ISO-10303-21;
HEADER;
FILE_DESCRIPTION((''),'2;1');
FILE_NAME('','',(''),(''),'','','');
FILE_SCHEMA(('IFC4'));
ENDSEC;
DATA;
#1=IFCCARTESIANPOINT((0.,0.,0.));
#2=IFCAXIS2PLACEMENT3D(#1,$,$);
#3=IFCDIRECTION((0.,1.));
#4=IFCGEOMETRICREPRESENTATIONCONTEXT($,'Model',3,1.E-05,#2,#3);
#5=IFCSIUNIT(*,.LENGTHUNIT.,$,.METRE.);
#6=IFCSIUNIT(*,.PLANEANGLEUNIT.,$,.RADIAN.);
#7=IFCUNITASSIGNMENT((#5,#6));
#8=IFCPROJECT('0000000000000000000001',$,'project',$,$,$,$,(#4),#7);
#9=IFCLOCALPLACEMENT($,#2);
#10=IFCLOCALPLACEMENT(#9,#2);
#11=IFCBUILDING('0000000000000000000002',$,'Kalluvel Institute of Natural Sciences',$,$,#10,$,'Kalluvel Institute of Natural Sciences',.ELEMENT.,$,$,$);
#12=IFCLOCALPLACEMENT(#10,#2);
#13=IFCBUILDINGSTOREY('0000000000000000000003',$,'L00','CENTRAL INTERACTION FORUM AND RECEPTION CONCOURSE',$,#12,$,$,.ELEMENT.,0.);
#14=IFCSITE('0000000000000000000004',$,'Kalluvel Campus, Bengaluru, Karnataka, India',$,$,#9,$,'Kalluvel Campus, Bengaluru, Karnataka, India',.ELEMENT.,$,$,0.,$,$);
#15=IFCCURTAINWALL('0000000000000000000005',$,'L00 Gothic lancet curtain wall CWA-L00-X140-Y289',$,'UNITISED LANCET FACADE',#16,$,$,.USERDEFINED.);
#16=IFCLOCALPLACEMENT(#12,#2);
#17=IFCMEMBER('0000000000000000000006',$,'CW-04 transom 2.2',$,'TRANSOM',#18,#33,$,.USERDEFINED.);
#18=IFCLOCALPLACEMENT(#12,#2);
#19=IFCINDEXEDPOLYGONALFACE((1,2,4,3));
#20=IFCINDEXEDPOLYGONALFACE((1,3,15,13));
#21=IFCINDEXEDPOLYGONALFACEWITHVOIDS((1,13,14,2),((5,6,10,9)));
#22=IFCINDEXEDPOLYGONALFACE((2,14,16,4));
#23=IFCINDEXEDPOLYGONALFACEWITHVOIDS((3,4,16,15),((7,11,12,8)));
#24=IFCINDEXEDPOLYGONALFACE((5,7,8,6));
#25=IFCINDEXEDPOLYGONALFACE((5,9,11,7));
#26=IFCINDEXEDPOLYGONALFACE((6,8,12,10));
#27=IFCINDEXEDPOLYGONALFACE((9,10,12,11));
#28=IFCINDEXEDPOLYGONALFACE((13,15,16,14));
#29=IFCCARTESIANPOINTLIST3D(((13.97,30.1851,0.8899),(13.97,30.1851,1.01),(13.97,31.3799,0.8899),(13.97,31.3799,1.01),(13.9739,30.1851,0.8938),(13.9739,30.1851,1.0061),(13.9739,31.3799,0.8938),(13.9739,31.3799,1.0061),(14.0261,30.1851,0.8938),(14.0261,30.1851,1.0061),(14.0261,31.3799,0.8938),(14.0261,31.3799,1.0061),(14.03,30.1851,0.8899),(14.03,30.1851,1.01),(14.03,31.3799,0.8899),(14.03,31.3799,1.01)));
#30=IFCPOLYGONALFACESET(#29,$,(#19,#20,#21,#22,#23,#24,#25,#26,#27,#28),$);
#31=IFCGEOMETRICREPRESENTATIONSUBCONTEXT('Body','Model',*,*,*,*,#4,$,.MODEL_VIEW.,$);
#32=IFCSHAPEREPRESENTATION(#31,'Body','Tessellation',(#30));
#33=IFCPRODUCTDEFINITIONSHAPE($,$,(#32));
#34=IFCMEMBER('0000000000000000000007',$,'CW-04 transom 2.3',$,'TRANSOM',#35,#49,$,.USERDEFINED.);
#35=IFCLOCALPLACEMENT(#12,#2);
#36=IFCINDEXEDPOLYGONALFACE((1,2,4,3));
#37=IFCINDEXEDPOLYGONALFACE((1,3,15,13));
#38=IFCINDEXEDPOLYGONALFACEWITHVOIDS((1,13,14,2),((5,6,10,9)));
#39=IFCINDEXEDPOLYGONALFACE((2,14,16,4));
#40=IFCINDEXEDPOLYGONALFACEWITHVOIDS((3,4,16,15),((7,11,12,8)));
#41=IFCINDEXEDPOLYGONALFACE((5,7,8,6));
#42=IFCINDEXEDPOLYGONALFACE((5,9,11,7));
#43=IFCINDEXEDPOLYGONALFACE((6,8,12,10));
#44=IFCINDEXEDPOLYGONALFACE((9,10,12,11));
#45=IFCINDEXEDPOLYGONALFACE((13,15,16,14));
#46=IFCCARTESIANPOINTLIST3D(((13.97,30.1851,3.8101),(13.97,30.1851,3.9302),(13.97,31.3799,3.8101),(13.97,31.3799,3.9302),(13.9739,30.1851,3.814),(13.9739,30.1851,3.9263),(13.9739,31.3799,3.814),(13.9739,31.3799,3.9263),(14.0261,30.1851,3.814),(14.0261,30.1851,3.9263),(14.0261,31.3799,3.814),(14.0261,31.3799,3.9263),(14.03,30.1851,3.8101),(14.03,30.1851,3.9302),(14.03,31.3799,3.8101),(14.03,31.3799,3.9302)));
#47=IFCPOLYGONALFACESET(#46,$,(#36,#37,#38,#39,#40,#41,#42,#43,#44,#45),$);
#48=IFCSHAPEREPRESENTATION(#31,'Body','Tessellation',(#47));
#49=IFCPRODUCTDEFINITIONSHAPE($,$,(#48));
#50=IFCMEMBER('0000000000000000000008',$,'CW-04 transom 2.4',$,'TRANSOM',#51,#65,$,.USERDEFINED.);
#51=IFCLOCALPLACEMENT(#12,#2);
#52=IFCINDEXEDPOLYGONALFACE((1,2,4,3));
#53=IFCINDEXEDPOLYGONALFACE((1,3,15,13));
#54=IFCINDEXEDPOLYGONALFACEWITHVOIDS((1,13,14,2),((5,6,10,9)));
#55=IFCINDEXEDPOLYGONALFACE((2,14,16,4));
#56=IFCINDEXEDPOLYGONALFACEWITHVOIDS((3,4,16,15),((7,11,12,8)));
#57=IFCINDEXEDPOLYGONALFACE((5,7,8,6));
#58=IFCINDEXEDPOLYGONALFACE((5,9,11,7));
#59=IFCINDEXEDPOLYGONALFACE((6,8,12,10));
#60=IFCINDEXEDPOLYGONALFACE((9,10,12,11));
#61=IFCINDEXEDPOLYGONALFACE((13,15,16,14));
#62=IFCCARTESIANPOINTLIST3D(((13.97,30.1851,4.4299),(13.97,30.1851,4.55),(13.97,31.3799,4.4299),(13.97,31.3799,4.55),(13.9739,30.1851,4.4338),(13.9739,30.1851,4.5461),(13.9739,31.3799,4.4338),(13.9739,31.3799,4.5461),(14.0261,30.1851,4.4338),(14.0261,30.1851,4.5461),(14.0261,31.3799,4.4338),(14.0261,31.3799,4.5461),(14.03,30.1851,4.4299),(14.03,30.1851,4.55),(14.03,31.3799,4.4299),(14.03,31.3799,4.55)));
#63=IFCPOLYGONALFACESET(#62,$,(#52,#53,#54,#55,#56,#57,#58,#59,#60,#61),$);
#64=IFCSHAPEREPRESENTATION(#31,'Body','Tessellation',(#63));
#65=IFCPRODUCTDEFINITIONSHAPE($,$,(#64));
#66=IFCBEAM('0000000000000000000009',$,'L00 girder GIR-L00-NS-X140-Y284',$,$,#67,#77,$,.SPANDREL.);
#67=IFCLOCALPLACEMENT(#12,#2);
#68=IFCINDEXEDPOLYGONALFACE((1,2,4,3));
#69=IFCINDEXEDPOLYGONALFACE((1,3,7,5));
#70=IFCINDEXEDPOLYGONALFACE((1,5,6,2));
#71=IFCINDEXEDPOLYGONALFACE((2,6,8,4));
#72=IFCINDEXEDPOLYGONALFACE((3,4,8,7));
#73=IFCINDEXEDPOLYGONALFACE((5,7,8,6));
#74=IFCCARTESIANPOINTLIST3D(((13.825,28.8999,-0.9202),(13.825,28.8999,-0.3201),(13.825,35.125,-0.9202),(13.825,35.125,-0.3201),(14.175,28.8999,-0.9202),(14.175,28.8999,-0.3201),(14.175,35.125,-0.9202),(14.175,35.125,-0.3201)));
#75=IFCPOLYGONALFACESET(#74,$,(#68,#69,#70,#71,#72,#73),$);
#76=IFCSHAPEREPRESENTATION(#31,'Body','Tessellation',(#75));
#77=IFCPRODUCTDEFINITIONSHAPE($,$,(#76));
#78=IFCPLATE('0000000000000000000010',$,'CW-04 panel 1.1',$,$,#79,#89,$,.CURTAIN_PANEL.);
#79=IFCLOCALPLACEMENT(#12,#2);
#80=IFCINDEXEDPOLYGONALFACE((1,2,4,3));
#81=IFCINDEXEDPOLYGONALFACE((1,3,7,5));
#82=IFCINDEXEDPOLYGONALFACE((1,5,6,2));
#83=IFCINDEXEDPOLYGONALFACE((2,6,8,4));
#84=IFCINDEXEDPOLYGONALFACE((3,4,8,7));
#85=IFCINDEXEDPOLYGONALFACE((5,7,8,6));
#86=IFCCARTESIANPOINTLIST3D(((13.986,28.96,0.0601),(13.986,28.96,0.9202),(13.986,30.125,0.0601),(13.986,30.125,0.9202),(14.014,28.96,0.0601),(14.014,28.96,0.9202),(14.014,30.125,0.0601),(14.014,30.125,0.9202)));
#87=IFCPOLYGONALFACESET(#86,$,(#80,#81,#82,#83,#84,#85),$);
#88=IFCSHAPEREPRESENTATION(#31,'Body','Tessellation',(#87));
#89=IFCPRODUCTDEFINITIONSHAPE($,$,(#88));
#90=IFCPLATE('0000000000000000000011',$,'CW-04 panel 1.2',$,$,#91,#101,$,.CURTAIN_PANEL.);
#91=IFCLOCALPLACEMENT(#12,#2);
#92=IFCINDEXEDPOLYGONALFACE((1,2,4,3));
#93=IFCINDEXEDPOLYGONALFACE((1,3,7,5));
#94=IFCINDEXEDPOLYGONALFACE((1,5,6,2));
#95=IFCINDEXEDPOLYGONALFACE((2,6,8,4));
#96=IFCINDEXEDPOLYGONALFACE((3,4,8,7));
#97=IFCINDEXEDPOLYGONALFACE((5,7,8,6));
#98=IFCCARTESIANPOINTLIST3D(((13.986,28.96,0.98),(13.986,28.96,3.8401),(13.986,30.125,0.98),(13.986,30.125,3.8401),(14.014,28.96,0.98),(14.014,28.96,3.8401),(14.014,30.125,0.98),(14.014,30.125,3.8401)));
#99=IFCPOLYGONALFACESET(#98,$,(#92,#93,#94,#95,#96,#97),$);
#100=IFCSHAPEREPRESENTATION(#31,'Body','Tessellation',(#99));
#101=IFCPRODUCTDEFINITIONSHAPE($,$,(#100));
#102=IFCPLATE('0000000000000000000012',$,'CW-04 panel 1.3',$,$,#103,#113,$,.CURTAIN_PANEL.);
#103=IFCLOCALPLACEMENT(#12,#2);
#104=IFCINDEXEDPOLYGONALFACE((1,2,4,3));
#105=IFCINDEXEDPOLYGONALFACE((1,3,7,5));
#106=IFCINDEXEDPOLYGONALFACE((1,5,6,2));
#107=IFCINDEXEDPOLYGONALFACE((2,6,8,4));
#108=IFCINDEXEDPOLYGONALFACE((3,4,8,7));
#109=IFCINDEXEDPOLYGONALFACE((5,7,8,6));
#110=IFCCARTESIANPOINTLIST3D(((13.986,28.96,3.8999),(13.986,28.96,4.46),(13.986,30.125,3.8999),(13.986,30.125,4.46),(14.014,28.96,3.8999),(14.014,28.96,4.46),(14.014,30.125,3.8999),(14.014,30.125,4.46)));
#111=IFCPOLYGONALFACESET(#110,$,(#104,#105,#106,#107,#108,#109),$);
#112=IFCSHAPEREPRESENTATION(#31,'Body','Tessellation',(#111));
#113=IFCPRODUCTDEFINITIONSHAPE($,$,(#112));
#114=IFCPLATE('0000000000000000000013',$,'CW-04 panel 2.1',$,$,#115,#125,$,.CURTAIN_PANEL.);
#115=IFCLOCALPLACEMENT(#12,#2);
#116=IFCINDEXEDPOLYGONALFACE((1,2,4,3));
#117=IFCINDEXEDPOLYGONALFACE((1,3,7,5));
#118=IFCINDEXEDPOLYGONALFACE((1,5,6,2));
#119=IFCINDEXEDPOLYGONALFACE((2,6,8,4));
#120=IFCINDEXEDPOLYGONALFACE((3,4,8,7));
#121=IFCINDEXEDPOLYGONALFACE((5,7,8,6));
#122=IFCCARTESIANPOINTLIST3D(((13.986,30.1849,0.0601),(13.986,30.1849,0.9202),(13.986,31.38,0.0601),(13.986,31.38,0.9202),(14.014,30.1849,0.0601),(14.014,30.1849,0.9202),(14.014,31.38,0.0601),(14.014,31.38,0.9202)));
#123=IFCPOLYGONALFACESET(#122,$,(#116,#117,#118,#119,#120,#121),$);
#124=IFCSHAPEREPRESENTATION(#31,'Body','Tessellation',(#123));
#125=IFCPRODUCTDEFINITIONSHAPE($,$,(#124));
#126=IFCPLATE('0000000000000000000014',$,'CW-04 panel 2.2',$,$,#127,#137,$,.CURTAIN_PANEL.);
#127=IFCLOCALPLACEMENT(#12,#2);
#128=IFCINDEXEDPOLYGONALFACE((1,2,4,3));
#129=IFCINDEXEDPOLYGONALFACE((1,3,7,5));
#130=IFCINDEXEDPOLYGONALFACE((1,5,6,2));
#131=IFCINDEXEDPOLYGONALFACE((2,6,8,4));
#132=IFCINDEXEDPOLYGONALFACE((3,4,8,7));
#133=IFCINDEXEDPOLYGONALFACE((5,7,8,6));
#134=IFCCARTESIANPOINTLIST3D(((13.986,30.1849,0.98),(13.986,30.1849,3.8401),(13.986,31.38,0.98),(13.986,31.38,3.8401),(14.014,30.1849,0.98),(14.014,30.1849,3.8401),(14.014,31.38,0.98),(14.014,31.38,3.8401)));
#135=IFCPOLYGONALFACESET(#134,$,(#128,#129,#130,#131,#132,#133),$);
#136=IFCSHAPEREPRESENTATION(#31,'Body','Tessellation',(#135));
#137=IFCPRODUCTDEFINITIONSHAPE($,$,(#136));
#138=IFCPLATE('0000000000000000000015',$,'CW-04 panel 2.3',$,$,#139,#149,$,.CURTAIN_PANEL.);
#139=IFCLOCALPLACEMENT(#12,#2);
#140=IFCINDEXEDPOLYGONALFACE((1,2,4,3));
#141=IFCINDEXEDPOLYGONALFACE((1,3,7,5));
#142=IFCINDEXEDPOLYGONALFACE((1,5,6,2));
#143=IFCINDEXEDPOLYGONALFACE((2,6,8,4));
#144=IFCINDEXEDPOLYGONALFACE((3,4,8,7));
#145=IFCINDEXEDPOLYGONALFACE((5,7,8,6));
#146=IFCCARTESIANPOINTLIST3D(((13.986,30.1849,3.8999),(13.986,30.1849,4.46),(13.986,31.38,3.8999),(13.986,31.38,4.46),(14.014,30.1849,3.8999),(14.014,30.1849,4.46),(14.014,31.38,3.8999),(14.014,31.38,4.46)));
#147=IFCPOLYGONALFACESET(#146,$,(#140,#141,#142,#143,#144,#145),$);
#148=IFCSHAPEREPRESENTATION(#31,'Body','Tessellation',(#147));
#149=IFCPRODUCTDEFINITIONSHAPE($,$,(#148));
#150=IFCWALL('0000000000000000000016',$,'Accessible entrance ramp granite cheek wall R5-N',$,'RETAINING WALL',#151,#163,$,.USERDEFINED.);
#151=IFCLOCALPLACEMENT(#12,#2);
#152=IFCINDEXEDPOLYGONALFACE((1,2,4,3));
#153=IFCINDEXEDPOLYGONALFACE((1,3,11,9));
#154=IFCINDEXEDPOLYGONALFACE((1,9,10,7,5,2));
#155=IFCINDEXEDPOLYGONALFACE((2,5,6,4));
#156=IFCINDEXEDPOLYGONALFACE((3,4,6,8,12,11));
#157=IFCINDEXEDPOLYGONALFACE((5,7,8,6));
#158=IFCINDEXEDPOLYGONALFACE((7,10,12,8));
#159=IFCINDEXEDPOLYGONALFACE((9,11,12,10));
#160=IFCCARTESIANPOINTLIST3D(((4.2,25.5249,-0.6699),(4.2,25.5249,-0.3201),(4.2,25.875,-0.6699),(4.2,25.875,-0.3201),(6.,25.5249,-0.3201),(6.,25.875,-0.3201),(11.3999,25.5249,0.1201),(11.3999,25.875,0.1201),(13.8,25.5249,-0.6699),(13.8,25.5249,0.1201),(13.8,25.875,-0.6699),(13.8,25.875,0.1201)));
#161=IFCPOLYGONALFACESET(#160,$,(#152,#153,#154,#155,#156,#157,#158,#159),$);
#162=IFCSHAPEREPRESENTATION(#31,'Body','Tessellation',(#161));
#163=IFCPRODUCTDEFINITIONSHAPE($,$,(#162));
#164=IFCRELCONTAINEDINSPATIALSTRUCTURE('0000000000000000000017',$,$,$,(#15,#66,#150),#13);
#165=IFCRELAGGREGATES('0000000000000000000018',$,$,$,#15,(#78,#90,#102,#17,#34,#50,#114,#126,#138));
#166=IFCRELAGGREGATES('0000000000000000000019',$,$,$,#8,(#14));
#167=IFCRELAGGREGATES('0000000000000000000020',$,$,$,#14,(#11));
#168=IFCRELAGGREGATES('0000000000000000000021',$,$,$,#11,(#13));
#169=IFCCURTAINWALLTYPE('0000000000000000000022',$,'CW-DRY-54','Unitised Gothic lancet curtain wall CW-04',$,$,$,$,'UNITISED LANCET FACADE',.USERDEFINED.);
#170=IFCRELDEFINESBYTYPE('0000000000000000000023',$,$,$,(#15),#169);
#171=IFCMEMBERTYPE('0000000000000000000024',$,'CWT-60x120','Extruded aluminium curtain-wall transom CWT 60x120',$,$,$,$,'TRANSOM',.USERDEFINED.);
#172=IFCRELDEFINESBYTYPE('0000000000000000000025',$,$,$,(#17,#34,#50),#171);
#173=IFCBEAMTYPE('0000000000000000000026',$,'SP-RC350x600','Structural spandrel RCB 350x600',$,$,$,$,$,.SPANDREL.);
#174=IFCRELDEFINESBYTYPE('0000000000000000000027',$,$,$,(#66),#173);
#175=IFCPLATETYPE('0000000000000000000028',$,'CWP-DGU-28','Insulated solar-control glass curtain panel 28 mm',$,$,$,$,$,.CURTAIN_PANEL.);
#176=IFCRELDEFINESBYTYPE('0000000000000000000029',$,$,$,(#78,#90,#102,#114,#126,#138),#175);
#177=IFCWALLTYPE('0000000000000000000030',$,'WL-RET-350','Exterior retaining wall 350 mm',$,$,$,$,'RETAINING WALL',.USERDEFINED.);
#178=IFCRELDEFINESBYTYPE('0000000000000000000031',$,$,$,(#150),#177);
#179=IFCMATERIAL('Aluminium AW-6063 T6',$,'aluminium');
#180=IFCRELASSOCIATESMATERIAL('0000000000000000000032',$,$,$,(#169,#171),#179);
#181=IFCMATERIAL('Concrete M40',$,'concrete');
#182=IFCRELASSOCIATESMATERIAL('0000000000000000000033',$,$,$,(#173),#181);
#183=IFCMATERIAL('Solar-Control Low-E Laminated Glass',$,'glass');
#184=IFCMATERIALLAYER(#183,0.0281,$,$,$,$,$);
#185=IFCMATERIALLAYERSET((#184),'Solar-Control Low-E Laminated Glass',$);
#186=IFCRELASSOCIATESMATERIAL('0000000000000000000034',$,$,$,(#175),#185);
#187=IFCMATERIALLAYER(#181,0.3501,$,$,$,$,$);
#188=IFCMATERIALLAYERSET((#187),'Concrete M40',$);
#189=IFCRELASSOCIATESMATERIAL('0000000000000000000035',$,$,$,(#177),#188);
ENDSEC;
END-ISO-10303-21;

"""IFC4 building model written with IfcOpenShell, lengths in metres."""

from ifc_helpers import new_model, si_unit, direction, frame, origin, origin_2d, place, context, subcontext, project, spatial, polyline, rectangle, hollow_rectangle, outline, extrude, material, layer, layer_set, material_profile, profile_set, type_object, element, aggregate, save


model = new_model("IFC4")

# Units and contexts
model_context = context("Model", 3, precision=1e-05, world=origin(), true_north=direction((0.0, 1.0)))
body_context = subcontext(model_context, "Body", "Model", "MODEL_VIEW")
ifc_project = project(units=[si_unit("LENGTHUNIT", "METRE"), si_unit("PLANEANGLEUNIT", "RADIAN")], contexts=[model_context])

# Site, building, storey
site_placement = place(None, origin())
site = spatial("IfcSite", under=ifc_project, at=site_placement, Name="Kalluvel Campus, Bengaluru, Karnataka, India", LongName="Kalluvel Campus, Bengaluru, Karnataka, India", CompositionType="ELEMENT", RefElevation=0.0)
building_placement = place(site_placement, origin())
building = spatial("IfcBuilding", under=site, at=building_placement, Name="Kalluvel Institute of Natural Sciences", LongName="Kalluvel Institute of Natural Sciences", CompositionType="ELEMENT")
storey_placement = place(building_placement, origin())
storey = spatial("IfcBuildingStorey", under=building, at=storey_placement, Name="L00", Description="CENTRAL INTERACTION FORUM AND RECEPTION CONCOURSE", CompositionType="ELEMENT", Elevation=0.0)

# Shared definitions
ifc_material_1 = material(Name="Concrete M40", Category="concrete")

# Curtain wall, members
ifc_material_2 = material(Name="Aluminium AW-6063 T6", Category="aluminium")
curtain_wall_type = type_object("IfcCurtainWallType", Name="CW-DRY-54", Description="Unitised Gothic lancet curtain wall CW-04", ElementType="UNITISED LANCET FACADE", PredefinedType="USERDEFINED", material=ifc_material_2)
curtain_wall_placement = place(storey_placement, origin())
curtain_wall = element("IfcCurtainWall", 1, at=curtain_wall_placement, inside=storey, type_object=curtain_wall_type, Name="L00 Gothic lancet curtain wall CWA-L00-X140-Y289", ObjectType="UNITISED LANCET FACADE", PredefinedType="USERDEFINED")
ifc_material_profile_1 = material_profile(ifc_material_2, hollow_rectangle(XDim=0.0601, YDim=0.1201, WallThickness=0.0039, at=origin_2d()), Name="CWT 60x120")
ifc_profile_set_1 = profile_set([ifc_material_profile_1], Name="Aluminium AW-6063 T6")
member_type_1 = type_object("IfcMemberType", Name="CWT-60x120", Description="Extruded aluminium curtain-wall transom CWT 60x120", ElementType="TRANSOM", PredefinedType="USERDEFINED", material=ifc_profile_set_1)
member_1_placement = place(storey_placement, frame((14.0, 30.1851, 0.95), z_axis=(0.0, 1.0, 0.0), x_axis=(-1.0, 0.0, 0.0)))
member_1 = element("IfcMember", 2, at=member_1_placement, type_object=member_type_1, Name="CW-04 transom 2.2", ObjectType="TRANSOM", PredefinedType="USERDEFINED", context=body_context, shape_type="SweptSolid", body=[
    extrude(hollow_rectangle(XDim=0.0601, YDim=0.1201, WallThickness=0.0039, at=origin_2d()), origin(), (0.0, 0.0, 1.0), 1.1948),
])
member_2_placement = place(storey_placement, frame((14.0, 30.1851, 3.8701), z_axis=(0.0, 1.0, 0.0), x_axis=(-1.0, 0.0, 0.0)))
member_2 = element("IfcMember", 3, at=member_2_placement, type_object=member_type_1, Name="CW-04 transom 2.3", ObjectType="TRANSOM", PredefinedType="USERDEFINED", context=body_context, shape_type="SweptSolid", body=[
    extrude(hollow_rectangle(XDim=0.0601, YDim=0.1201, WallThickness=0.0039, at=origin_2d()), origin(), (0.0, 0.0, 1.0), 1.1948),
])
member_3_placement = place(storey_placement, frame((14.0, 30.1851, 4.49), z_axis=(0.0, 1.0, 0.0), x_axis=(-1.0, 0.0, 0.0)))
member_3 = element("IfcMember", 4, at=member_3_placement, type_object=member_type_1, Name="CW-04 transom 2.4", ObjectType="TRANSOM", PredefinedType="USERDEFINED", context=body_context, shape_type="SweptSolid", body=[
    extrude(hollow_rectangle(XDim=0.0601, YDim=0.1201, WallThickness=0.0039, at=origin_2d()), origin(), (0.0, 0.0, 1.0), 1.1948),
])

# Beam
ifc_material_profile_2 = material_profile(ifc_material_1, rectangle(XDim=0.3501, YDim=0.6001, at=origin_2d()), Name="RCB 350x600")
ifc_profile_set_2 = profile_set([ifc_material_profile_2], Name="Concrete M40")
beam_type = type_object("IfcBeamType", Name="SP-RC350x600", Description="Structural spandrel RCB 350x600", PredefinedType="SPANDREL", material=ifc_profile_set_2)
beam_placement = place(storey_placement, frame((14.0, 28.8999, -0.6201), z_axis=(0.0, 1.0, 0.0), x_axis=(-1.0, 0.0, 0.0)))
element("IfcBeam", 5, at=beam_placement, inside=storey, type_object=beam_type, Name="L00 girder GIR-L00-NS-X140-Y284", PredefinedType="SPANDREL", context=body_context, shape_type="SweptSolid", body=[
    extrude(rectangle(XDim=0.3501, YDim=0.6001, at=origin_2d()), origin(), (0.0, 0.0, 1.0), 6.2251),
])

# Plates
ifc_material_3 = material(Name="Solar-Control Low-E Laminated Glass", Category="glass")
ifc_layer_1 = layer(ifc_material_3, 0.0281)
ifc_layer_set_1 = layer_set([ifc_layer_1], Name="Solar-Control Low-E Laminated Glass")
plate_type = type_object("IfcPlateType", Name="CWP-DGU-28", Description="Insulated solar-control glass curtain panel 28 mm", PredefinedType="CURTAIN_PANEL", material=ifc_layer_set_1)
plate_1_placement = place(storey_placement, frame((14.0, 29.5425, 0.0601), z_axis=(0.0, 0.0, 1.0), x_axis=(0.0, 1.0, 0.0)))
plate_1 = element("IfcPlate", 6, at=plate_1_placement, type_object=plate_type, Name="CW-04 panel 1.1", PredefinedType="CURTAIN_PANEL", context=body_context, shape_type="SweptSolid", body=[
    extrude(rectangle(XDim=1.165, YDim=0.0281, at=origin_2d()), origin(), (0.0, 0.0, 1.0), 0.8601),
])
plate_2_placement = place(storey_placement, frame((14.0, 29.5425, 0.98), z_axis=(0.0, 0.0, 1.0), x_axis=(0.0, 1.0, 0.0)))
plate_2 = element("IfcPlate", 7, at=plate_2_placement, type_object=plate_type, Name="CW-04 panel 1.2", PredefinedType="CURTAIN_PANEL", context=body_context, shape_type="SweptSolid", body=[
    extrude(rectangle(XDim=1.165, YDim=0.0281, at=origin_2d()), origin(), (0.0, 0.0, 1.0), 2.8601),
])
plate_3_placement = place(storey_placement, frame((14.0, 29.5425, 3.8999), z_axis=(0.0, 0.0, 1.0), x_axis=(0.0, 1.0, 0.0)))
plate_3 = element("IfcPlate", 8, at=plate_3_placement, type_object=plate_type, Name="CW-04 panel 1.3", PredefinedType="CURTAIN_PANEL", context=body_context, shape_type="SweptSolid", body=[
    extrude(rectangle(XDim=1.165, YDim=0.0281, at=origin_2d()), origin(), (0.0, 0.0, 1.0), 0.5601),
])
plate_4_placement = place(storey_placement, frame((14.0, 30.7825, 0.0601), z_axis=(0.0, 0.0, 1.0), x_axis=(0.0, 1.0, 0.0)))
plate_4 = element("IfcPlate", 9, at=plate_4_placement, type_object=plate_type, Name="CW-04 panel 2.1", PredefinedType="CURTAIN_PANEL", context=body_context, shape_type="SweptSolid", body=[
    extrude(rectangle(XDim=1.1951, YDim=0.0281, at=origin_2d()), origin(), (0.0, 0.0, 1.0), 0.8601),
])
plate_5_placement = place(storey_placement, frame((14.0, 30.7825, 0.98), z_axis=(0.0, 0.0, 1.0), x_axis=(0.0, 1.0, 0.0)))
plate_5 = element("IfcPlate", 10, at=plate_5_placement, type_object=plate_type, Name="CW-04 panel 2.2", PredefinedType="CURTAIN_PANEL", context=body_context, shape_type="SweptSolid", body=[
    extrude(rectangle(XDim=1.1951, YDim=0.0281, at=origin_2d()), origin(), (0.0, 0.0, 1.0), 2.8601),
])
plate_6_placement = place(storey_placement, frame((14.0, 30.7825, 3.8999), z_axis=(0.0, 0.0, 1.0), x_axis=(0.0, 1.0, 0.0)))
plate_6 = element("IfcPlate", 11, at=plate_6_placement, type_object=plate_type, Name="CW-04 panel 2.3", PredefinedType="CURTAIN_PANEL", context=body_context, shape_type="SweptSolid", body=[
    extrude(rectangle(XDim=1.1951, YDim=0.0281, at=origin_2d()), origin(), (0.0, 0.0, 1.0), 0.5601),
])
aggregate(curtain_wall, [plate_1, plate_2, plate_3, member_1, member_2, member_3, plate_4, plate_5, plate_6])

# Wall
ifc_layer_2 = layer(ifc_material_1, 0.3501)
ifc_layer_set_2 = layer_set([ifc_layer_2], Name="Concrete M40")
wall_type = type_object("IfcWallType", Name="WL-RET-350", Description="Exterior retaining wall 350 mm", ElementType="RETAINING WALL", PredefinedType="USERDEFINED", material=ifc_layer_set_2)
wall_placement = place(storey_placement, frame((4.2, 25.7, -0.6699), z_axis=(0.0, 0.0, 1.0), x_axis=(1.0, 0.0, 0.0)))
element("IfcWall", 12, at=wall_placement, inside=storey, type_object=wall_type, Name="Accessible entrance ramp granite cheek wall R5-N", ObjectType="RETAINING WALL", PredefinedType="USERDEFINED", context=body_context, shape_type="SweptSolid", body=[
    extrude(outline(polyline([(0.0, 0.0), (9.6001, 0.0), (9.6001, 0.79), (7.2, 0.79), (1.8, 0.3499), (0.0, 0.3499), (0.0, 0.0)])), frame((0.0, 0.175, 0.0), z_axis=(0.0, -1.0, 0.0), x_axis=(1.0, 0.0, 0.0)), (0.0, 0.0, 1.0), 0.3501),
])

save(model, "model.ifc")
